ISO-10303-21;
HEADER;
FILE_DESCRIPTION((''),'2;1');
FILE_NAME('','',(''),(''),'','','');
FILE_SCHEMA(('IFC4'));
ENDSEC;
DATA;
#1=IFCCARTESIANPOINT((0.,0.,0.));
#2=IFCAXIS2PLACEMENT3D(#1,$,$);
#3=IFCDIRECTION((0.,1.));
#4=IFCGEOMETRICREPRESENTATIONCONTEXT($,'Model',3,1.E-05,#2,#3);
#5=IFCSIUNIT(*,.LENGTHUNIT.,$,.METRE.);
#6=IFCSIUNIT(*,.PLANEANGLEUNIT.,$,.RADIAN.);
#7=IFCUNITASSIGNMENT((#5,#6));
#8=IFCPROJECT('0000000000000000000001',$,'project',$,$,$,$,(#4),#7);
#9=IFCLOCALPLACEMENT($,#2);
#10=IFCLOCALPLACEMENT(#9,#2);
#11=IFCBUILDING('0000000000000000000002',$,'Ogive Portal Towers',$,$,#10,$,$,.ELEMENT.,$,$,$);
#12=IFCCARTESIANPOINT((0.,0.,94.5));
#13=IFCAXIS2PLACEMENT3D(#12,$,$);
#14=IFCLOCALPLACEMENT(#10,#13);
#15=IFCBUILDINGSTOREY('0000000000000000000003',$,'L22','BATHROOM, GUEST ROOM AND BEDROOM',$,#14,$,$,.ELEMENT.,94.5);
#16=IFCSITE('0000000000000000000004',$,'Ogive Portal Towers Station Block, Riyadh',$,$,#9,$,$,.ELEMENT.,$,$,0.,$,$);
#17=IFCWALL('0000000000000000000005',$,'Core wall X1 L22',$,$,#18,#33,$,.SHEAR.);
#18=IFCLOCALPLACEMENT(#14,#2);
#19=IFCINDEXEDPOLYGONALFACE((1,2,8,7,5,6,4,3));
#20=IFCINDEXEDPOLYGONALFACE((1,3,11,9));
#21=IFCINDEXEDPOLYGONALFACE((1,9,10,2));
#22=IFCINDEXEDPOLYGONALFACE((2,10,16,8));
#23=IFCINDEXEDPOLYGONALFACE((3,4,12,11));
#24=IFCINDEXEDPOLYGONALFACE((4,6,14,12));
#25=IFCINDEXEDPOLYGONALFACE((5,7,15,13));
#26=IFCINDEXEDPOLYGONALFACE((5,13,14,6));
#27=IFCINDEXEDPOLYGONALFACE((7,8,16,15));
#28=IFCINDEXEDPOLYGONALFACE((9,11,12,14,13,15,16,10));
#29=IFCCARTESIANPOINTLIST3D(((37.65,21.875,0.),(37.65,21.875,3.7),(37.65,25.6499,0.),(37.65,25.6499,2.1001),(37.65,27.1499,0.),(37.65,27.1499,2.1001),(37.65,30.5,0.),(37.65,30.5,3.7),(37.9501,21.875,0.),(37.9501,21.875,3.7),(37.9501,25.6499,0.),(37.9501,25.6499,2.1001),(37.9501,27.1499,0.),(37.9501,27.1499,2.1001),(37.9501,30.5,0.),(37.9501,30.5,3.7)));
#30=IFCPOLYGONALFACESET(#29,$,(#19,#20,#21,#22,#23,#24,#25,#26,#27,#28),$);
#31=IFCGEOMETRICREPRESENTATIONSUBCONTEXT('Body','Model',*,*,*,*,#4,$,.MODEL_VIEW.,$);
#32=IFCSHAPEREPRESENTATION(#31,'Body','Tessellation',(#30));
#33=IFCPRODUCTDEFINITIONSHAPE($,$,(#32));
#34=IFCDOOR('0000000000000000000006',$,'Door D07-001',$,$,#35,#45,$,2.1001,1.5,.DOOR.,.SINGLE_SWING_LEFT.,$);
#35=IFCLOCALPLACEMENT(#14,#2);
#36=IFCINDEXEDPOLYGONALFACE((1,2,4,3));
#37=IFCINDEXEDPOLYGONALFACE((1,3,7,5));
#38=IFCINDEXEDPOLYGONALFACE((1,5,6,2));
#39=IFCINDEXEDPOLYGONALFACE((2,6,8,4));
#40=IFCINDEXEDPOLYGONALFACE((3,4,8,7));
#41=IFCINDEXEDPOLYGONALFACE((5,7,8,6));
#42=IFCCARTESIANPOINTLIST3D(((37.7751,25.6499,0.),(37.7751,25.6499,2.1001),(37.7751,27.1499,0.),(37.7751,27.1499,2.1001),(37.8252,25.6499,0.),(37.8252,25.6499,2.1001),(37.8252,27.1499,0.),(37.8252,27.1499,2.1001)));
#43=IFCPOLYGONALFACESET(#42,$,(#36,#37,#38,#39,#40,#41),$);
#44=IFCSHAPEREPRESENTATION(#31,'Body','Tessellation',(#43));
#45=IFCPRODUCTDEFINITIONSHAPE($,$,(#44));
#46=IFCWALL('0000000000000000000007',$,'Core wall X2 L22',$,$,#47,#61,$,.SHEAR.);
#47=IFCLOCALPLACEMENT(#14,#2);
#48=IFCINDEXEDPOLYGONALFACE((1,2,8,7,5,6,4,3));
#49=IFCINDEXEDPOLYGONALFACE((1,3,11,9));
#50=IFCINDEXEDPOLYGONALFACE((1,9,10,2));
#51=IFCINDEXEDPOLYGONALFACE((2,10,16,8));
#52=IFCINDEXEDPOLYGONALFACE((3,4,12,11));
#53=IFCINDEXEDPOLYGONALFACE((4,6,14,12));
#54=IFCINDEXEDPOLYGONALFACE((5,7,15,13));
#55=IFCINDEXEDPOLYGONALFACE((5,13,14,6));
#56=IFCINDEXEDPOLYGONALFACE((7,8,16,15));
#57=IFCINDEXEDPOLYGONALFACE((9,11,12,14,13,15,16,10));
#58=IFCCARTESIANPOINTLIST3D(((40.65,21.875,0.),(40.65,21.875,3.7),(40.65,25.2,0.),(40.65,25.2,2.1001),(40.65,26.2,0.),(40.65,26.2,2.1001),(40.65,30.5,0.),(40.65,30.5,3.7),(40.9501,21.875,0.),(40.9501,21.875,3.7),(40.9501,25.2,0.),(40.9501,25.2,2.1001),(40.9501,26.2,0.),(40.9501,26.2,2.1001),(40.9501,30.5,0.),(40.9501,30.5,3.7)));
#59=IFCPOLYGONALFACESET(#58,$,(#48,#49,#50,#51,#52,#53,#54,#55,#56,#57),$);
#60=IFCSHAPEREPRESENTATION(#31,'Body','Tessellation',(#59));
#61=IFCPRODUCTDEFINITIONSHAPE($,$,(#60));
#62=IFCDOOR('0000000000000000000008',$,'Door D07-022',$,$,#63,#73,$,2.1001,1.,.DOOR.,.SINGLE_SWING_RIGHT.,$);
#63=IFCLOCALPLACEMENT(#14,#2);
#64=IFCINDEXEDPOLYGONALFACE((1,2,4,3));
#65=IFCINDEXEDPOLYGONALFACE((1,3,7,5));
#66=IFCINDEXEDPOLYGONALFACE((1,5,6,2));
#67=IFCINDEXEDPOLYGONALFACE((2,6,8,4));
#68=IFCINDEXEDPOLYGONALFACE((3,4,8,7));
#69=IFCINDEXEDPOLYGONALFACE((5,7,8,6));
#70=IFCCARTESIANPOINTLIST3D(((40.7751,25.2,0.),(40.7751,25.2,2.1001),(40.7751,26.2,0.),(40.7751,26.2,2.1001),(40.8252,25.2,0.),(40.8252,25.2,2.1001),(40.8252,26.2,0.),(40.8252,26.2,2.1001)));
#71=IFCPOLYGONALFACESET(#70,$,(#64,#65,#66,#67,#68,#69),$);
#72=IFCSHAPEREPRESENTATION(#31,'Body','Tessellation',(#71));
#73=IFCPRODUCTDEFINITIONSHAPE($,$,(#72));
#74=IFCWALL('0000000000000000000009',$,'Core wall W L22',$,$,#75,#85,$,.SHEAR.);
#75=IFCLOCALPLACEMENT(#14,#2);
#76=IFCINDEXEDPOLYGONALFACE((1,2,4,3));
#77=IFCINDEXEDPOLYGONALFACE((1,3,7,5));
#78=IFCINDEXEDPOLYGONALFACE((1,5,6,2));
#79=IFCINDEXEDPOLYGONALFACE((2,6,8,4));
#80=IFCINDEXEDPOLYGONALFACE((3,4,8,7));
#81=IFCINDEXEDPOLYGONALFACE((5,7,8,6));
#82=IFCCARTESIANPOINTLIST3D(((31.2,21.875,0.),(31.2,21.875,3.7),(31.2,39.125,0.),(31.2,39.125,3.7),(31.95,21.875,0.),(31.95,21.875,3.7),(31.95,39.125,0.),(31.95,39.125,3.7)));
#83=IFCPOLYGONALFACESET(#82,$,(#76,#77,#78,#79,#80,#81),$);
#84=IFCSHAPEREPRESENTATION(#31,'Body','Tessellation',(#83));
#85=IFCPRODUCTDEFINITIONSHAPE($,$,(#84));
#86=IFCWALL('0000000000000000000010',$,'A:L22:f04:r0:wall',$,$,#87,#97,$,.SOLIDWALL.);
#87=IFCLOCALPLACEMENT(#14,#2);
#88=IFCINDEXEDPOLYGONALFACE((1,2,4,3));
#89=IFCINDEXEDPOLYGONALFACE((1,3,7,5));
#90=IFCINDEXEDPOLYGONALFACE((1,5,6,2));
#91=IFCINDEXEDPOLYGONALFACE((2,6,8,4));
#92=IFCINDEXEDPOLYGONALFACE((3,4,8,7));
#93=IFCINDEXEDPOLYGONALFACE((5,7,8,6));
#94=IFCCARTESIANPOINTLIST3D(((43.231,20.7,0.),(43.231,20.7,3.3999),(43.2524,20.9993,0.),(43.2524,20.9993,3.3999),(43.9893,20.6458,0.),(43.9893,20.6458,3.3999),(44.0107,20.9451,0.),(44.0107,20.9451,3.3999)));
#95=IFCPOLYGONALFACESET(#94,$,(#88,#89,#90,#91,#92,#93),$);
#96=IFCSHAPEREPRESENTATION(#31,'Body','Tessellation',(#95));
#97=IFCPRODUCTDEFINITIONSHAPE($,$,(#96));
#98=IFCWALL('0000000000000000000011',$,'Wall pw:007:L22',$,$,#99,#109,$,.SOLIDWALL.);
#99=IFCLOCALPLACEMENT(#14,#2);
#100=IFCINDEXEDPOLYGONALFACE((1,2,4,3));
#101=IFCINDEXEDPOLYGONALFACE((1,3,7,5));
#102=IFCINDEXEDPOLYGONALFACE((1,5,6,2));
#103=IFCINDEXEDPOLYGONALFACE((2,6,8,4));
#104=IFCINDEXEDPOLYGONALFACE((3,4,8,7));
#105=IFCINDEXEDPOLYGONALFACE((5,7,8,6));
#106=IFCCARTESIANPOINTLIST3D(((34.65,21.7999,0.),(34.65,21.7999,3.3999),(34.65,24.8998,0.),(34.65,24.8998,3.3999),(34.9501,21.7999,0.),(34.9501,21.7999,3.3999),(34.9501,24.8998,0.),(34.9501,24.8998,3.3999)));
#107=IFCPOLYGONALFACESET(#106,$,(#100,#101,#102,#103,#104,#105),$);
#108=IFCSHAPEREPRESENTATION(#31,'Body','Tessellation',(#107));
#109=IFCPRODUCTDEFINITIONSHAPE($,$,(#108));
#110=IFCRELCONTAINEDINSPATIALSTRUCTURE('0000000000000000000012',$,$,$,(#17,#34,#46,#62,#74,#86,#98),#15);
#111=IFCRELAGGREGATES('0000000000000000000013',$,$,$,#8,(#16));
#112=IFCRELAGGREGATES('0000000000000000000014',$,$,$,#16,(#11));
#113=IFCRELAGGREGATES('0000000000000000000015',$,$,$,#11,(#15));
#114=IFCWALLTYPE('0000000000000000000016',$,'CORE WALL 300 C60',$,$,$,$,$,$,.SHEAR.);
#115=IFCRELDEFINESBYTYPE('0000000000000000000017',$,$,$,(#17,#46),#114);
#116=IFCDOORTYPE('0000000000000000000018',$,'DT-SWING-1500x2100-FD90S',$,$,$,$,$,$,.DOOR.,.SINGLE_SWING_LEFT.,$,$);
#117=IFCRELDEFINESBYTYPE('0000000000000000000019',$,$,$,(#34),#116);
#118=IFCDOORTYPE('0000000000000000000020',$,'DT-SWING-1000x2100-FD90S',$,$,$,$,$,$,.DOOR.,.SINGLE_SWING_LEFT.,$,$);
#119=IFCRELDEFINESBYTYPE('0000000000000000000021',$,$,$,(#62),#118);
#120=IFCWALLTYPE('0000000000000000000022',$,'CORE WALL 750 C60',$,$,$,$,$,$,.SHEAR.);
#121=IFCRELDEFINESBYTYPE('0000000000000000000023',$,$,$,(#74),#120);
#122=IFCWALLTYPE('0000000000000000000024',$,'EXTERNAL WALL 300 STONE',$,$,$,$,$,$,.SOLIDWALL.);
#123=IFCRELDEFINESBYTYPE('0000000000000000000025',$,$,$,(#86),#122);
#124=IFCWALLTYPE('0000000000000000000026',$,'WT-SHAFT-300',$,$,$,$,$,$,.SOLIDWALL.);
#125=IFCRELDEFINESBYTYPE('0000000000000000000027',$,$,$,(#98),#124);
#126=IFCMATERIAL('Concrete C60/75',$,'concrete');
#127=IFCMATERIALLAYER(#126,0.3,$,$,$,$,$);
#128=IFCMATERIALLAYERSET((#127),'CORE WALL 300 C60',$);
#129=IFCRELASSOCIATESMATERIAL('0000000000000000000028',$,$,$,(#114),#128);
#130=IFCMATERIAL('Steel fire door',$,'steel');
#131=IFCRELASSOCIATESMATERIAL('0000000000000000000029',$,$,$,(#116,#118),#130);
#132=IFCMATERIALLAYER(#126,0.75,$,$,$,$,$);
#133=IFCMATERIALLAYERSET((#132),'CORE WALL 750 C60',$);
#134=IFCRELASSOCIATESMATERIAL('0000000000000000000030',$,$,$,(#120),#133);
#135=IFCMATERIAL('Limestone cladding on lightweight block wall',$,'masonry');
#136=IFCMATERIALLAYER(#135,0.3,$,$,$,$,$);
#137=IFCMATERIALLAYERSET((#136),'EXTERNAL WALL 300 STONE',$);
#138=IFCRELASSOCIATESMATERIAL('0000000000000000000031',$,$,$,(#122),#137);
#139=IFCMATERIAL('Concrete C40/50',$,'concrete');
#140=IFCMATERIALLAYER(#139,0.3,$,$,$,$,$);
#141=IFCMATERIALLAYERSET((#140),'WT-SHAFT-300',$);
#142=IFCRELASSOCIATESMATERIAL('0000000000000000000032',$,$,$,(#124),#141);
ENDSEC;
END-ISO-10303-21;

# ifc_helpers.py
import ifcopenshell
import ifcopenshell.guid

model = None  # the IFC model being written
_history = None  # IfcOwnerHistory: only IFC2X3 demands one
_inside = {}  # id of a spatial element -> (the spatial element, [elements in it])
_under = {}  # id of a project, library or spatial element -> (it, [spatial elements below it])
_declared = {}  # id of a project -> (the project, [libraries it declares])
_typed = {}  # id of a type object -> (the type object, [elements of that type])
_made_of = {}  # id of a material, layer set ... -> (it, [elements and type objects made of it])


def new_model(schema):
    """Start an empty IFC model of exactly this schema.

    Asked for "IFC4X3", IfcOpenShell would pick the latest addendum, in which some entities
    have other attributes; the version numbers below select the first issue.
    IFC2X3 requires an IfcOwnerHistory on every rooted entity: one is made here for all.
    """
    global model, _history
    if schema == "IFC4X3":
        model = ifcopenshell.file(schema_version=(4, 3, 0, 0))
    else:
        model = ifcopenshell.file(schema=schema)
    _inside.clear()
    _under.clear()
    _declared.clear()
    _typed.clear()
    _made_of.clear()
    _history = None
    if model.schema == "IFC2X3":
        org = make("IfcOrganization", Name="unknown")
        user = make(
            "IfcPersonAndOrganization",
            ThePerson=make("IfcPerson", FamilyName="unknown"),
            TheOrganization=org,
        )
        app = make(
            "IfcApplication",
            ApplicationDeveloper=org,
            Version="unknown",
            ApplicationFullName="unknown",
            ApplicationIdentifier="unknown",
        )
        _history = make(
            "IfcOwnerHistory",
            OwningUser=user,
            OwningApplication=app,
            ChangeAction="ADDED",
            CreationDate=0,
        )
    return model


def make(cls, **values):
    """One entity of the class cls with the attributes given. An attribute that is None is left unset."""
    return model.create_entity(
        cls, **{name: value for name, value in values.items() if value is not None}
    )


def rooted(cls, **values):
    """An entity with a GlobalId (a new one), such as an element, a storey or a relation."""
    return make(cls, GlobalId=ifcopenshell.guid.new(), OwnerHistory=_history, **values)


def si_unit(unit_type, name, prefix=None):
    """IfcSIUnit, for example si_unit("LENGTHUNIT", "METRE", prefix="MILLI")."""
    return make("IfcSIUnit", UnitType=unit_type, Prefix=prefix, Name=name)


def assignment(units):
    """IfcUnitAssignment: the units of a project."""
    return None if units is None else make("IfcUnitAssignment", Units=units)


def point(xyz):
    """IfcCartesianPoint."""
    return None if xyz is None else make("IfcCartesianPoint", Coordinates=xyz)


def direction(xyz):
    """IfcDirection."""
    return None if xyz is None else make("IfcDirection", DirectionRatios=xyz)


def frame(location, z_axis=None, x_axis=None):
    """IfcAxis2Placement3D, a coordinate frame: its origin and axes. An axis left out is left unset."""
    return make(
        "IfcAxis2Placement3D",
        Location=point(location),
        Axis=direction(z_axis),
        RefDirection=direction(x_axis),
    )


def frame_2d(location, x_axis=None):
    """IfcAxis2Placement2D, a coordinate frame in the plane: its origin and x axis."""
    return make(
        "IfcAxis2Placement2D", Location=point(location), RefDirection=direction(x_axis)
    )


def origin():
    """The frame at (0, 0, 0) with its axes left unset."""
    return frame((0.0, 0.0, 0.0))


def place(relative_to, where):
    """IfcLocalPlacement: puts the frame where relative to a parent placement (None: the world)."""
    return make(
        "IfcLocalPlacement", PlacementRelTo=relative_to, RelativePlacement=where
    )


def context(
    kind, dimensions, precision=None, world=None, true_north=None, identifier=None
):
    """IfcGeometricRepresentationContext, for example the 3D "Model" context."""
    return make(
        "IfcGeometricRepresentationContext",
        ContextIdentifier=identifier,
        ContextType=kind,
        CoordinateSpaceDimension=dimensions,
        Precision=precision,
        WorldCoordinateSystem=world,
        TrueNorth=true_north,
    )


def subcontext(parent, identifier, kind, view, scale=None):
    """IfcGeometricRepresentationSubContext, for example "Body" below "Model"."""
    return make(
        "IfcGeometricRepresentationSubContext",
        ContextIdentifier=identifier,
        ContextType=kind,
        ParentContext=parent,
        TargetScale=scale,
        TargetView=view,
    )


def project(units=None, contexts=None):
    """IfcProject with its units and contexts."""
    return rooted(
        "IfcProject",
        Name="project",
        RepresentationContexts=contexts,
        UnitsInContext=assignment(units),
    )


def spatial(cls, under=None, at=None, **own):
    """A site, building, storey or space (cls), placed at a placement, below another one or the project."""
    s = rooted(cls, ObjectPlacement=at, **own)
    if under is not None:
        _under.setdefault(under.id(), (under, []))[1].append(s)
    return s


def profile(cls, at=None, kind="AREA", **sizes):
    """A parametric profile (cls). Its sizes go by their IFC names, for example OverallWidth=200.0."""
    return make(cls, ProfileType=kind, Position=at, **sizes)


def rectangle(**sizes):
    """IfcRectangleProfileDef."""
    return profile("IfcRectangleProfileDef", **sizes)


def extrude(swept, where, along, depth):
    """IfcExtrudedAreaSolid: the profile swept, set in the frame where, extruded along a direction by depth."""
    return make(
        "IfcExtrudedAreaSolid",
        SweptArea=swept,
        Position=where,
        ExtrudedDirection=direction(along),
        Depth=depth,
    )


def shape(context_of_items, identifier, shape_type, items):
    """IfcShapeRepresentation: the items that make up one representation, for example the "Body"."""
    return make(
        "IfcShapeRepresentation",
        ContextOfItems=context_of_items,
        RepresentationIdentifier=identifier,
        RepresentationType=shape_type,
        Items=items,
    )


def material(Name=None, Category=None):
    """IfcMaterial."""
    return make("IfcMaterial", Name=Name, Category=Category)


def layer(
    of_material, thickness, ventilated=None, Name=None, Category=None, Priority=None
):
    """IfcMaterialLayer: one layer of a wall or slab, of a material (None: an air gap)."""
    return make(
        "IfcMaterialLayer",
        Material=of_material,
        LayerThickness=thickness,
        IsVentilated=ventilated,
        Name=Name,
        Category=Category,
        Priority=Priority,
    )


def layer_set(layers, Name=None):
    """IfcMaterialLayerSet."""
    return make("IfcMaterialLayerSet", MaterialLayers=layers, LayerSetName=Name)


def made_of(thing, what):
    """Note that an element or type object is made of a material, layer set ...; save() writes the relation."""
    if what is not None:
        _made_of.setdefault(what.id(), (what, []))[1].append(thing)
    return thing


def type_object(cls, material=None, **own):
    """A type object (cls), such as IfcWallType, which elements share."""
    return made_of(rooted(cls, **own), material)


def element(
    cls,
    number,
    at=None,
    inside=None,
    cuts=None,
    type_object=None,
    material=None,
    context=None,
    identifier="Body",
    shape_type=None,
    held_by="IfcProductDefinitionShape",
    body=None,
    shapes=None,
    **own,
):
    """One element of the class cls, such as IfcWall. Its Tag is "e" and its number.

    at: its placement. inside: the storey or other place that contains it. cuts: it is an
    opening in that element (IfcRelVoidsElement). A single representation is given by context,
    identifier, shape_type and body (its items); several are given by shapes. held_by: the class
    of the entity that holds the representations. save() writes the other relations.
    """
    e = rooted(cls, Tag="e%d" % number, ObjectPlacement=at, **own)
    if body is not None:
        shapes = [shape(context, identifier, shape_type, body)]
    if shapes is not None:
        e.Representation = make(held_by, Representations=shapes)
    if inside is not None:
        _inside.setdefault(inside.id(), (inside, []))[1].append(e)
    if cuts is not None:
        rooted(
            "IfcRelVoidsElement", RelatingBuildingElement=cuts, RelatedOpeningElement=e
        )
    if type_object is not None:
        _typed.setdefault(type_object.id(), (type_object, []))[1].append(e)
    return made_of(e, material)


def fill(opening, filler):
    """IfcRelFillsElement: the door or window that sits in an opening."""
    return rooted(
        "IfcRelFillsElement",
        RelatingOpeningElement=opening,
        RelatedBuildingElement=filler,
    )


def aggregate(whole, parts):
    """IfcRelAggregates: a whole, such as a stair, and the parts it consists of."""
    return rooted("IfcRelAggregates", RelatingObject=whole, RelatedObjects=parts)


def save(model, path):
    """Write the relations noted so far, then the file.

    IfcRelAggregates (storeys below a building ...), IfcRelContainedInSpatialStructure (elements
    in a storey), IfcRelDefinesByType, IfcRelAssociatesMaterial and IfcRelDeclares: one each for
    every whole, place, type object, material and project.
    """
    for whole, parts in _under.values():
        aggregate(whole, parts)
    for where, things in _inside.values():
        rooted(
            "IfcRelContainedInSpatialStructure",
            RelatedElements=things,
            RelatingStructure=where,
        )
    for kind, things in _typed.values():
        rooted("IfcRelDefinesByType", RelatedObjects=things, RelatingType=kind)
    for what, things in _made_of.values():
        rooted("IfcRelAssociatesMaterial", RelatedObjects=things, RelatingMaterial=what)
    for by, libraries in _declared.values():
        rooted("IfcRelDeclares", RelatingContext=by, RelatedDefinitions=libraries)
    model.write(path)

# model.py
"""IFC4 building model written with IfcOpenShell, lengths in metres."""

from ifc_helpers import new_model, si_unit, direction, frame, frame_2d, origin, place, context, subcontext, project, spatial, rectangle, extrude, material, layer, layer_set, type_object, element, fill, save


model = new_model("IFC4")

# Units and contexts
model_context = context("Model", 3, precision=1e-05, world=origin(), true_north=direction((0.0, 1.0)))
body_context = subcontext(model_context, "Body", "Model", "MODEL_VIEW")
ifc_project = project(units=[si_unit("LENGTHUNIT", "METRE"), si_unit("PLANEANGLEUNIT", "RADIAN")], contexts=[model_context])

# Site, building, storey
site_placement = place(None, origin())
site = spatial("IfcSite", under=ifc_project, at=site_placement, Name="Ogive Portal Towers Station Block, Riyadh", CompositionType="ELEMENT", RefElevation=0.0)
building_placement = place(site_placement, origin())
building = spatial("IfcBuilding", under=site, at=building_placement, Name="Ogive Portal Towers", CompositionType="ELEMENT")
storey_placement = place(building_placement, frame((0.0, 0.0, 94.5)))
storey = spatial("IfcBuildingStorey", under=building, at=storey_placement, Name="L22", Description="BATHROOM, GUEST ROOM AND BEDROOM", CompositionType="ELEMENT", Elevation=94.5)

# Walls, openings, doors
ifc_material_1 = material(Name="Concrete C60/75", Category="concrete")
ifc_layer_1 = layer(ifc_material_1, 0.3)
ifc_layer_set_1 = layer_set([ifc_layer_1], Name="CORE WALL 300 C60")
wall_type_1 = type_object("IfcWallType", Name="CORE WALL 300 C60", PredefinedType="SHEAR", material=ifc_layer_set_1)
wall_1_placement = place(storey_placement, frame((37.8, 21.875, 0.0), z_axis=(0.0, 0.0, 1.0), x_axis=(0.0, 1.0, 0.0)))
wall_1 = element("IfcWall", 1, at=wall_1_placement, inside=storey, type_object=wall_type_1, Name="Core wall X1 L22", PredefinedType="SHEAR", context=body_context, shape_type="SweptSolid", body=[
    extrude(rectangle(XDim=8.625, YDim=0.3, at=frame_2d((4.3125, 0.0))), origin(), (0.0, 0.0, 1.0), 3.7),
])
opening_1_placement = place(wall_1_placement, frame((3.7749, 0.0, 0.0)))
opening_1 = element("IfcOpeningElement", 2, at=opening_1_placement, cuts=wall_1, PredefinedType="OPENING", context=body_context, shape_type="SweptSolid", body=[
    extrude(rectangle(XDim=1.5, YDim=2.1001, at=frame_2d((0.75, 1.05))), frame((0.0, 0.1602, 0.0), z_axis=(0.0, -1.0, 0.0), x_axis=(1.0, 0.0, 0.0)), (0.0, 0.0, 1.0), 0.3201),
])
ifc_material_2 = material(Name="Steel fire door", Category="steel")
door_type_1 = type_object("IfcDoorType", Name="DT-SWING-1500x2100-FD90S", OperationType="SINGLE_SWING_LEFT", PredefinedType="DOOR", material=ifc_material_2)
door_1_placement = place(opening_1_placement, origin())
door_1 = element("IfcDoor", 3, at=door_1_placement, inside=storey, type_object=door_type_1, Name="Door D07-001", OperationType="SINGLE_SWING_LEFT", OverallHeight=2.1001, OverallWidth=1.5, PredefinedType="DOOR", context=body_context, shape_type="SweptSolid", body=[
    extrude(rectangle(XDim=1.5, YDim=2.1001, at=frame_2d((0.75, 1.05))), frame((0.0, 0.0249, 0.0), z_axis=(0.0, -1.0, 0.0), x_axis=(1.0, 0.0, 0.0)), (0.0, 0.0, 1.0), 0.05),
])
fill(opening_1, door_1)
wall_2_placement = place(storey_placement, frame((40.8, 21.875, 0.0), z_axis=(0.0, 0.0, 1.0), x_axis=(0.0, 1.0, 0.0)))
wall_2 = element("IfcWall", 4, at=wall_2_placement, inside=storey, type_object=wall_type_1, Name="Core wall X2 L22", PredefinedType="SHEAR", context=body_context, shape_type="SweptSolid", body=[
    extrude(rectangle(XDim=8.625, YDim=0.3, at=frame_2d((4.3125, 0.0))), origin(), (0.0, 0.0, 1.0), 3.7),
])
opening_2_placement = place(wall_2_placement, frame((3.325, 0.0, 0.0)))
opening_2 = element("IfcOpeningElement", 5, at=opening_2_placement, cuts=wall_2, PredefinedType="OPENING", context=body_context, shape_type="SweptSolid", body=[
    extrude(rectangle(XDim=1.0, YDim=2.1001, at=frame_2d((0.5, 1.05))), frame((0.0, 0.1602, 0.0), z_axis=(0.0, -1.0, 0.0), x_axis=(1.0, 0.0, 0.0)), (0.0, 0.0, 1.0), 0.3201),
])
door_type_2 = type_object("IfcDoorType", Name="DT-SWING-1000x2100-FD90S", OperationType="SINGLE_SWING_LEFT", PredefinedType="DOOR", material=ifc_material_2)
door_2_placement = place(opening_2_placement, origin())
door_2 = element("IfcDoor", 6, at=door_2_placement, inside=storey, type_object=door_type_2, Name="Door D07-022", OperationType="SINGLE_SWING_RIGHT", OverallHeight=2.1001, OverallWidth=1.0, PredefinedType="DOOR", context=body_context, shape_type="SweptSolid", body=[
    extrude(rectangle(XDim=1.0, YDim=2.1001, at=frame_2d((0.5, 1.05))), frame((0.0, 0.0249, 0.0), z_axis=(0.0, -1.0, 0.0), x_axis=(1.0, 0.0, 0.0)), (0.0, 0.0, 1.0), 0.05),
])
fill(opening_2, door_2)

# Walls
ifc_layer_2 = layer(ifc_material_1, 0.75)
ifc_layer_set_2 = layer_set([ifc_layer_2], Name="CORE WALL 750 C60")
wall_type_2 = type_object("IfcWallType", Name="CORE WALL 750 C60", PredefinedType="SHEAR", material=ifc_layer_set_2)
wall_3_placement = place(storey_placement, frame((31.575, 21.875, 0.0), z_axis=(0.0, 0.0, 1.0), x_axis=(0.0, 1.0, 0.0)))
element("IfcWall", 7, at=wall_3_placement, inside=storey, type_object=wall_type_2, Name="Core wall W L22", PredefinedType="SHEAR", context=body_context, shape_type="SweptSolid", body=[
    extrude(rectangle(XDim=17.25, YDim=0.75, at=frame_2d((8.625, 0.0))), origin(), (0.0, 0.0, 1.0), 3.7),
])
ifc_material_3 = material(Name="Limestone cladding on lightweight block wall", Category="masonry")
ifc_layer_3 = layer(ifc_material_3, 0.3)
ifc_layer_set_3 = layer_set([ifc_layer_3], Name="EXTERNAL WALL 300 STONE")
wall_type_3 = type_object("IfcWallType", Name="EXTERNAL WALL 300 STONE", PredefinedType="SOLIDWALL", material=ifc_layer_set_3)
wall_4_placement = place(storey_placement, frame((43.2417, 20.8496, 0.0), z_axis=(0.0, 0.0, 1.0), x_axis=(0.997455, -0.071293, 0.0)))
element("IfcWall", 8, at=wall_4_placement, inside=storey, type_object=wall_type_3, Name="A:L22:f04:r0:wall", PredefinedType="SOLIDWALL", context=body_context, shape_type="SweptSolid", body=[
    extrude(rectangle(XDim=0.7603, YDim=0.3, at=frame_2d((0.3801, 0.0))), origin(), (0.0, 0.0, 1.0), 3.3999),
])

# Wall
ifc_material_4 = material(Name="Concrete C40/50", Category="concrete")
ifc_layer_4 = layer(ifc_material_4, 0.3)
ifc_layer_set_4 = layer_set([ifc_layer_4], Name="WT-SHAFT-300")
wall_type_4 = type_object("IfcWallType", Name="WT-SHAFT-300", PredefinedType="SOLIDWALL", material=ifc_layer_set_4)
wall_5_placement = place(storey_placement, frame((34.8, 21.8, 0.0), z_axis=(0.0, 0.0, 1.0), x_axis=(0.0, 1.0, 0.0)))
element("IfcWall", 9, at=wall_5_placement, inside=storey, type_object=wall_type_4, Name="Wall pw:007:L22", PredefinedType="SOLIDWALL", context=body_context, shape_type="SweptSolid", body=[
    extrude(rectangle(XDim=3.0999, YDim=0.3, at=frame_2d((1.5498, 0.0))), origin(), (0.0, 0.0, 1.0), 3.3999),
])

save(model, "model.ifc")
